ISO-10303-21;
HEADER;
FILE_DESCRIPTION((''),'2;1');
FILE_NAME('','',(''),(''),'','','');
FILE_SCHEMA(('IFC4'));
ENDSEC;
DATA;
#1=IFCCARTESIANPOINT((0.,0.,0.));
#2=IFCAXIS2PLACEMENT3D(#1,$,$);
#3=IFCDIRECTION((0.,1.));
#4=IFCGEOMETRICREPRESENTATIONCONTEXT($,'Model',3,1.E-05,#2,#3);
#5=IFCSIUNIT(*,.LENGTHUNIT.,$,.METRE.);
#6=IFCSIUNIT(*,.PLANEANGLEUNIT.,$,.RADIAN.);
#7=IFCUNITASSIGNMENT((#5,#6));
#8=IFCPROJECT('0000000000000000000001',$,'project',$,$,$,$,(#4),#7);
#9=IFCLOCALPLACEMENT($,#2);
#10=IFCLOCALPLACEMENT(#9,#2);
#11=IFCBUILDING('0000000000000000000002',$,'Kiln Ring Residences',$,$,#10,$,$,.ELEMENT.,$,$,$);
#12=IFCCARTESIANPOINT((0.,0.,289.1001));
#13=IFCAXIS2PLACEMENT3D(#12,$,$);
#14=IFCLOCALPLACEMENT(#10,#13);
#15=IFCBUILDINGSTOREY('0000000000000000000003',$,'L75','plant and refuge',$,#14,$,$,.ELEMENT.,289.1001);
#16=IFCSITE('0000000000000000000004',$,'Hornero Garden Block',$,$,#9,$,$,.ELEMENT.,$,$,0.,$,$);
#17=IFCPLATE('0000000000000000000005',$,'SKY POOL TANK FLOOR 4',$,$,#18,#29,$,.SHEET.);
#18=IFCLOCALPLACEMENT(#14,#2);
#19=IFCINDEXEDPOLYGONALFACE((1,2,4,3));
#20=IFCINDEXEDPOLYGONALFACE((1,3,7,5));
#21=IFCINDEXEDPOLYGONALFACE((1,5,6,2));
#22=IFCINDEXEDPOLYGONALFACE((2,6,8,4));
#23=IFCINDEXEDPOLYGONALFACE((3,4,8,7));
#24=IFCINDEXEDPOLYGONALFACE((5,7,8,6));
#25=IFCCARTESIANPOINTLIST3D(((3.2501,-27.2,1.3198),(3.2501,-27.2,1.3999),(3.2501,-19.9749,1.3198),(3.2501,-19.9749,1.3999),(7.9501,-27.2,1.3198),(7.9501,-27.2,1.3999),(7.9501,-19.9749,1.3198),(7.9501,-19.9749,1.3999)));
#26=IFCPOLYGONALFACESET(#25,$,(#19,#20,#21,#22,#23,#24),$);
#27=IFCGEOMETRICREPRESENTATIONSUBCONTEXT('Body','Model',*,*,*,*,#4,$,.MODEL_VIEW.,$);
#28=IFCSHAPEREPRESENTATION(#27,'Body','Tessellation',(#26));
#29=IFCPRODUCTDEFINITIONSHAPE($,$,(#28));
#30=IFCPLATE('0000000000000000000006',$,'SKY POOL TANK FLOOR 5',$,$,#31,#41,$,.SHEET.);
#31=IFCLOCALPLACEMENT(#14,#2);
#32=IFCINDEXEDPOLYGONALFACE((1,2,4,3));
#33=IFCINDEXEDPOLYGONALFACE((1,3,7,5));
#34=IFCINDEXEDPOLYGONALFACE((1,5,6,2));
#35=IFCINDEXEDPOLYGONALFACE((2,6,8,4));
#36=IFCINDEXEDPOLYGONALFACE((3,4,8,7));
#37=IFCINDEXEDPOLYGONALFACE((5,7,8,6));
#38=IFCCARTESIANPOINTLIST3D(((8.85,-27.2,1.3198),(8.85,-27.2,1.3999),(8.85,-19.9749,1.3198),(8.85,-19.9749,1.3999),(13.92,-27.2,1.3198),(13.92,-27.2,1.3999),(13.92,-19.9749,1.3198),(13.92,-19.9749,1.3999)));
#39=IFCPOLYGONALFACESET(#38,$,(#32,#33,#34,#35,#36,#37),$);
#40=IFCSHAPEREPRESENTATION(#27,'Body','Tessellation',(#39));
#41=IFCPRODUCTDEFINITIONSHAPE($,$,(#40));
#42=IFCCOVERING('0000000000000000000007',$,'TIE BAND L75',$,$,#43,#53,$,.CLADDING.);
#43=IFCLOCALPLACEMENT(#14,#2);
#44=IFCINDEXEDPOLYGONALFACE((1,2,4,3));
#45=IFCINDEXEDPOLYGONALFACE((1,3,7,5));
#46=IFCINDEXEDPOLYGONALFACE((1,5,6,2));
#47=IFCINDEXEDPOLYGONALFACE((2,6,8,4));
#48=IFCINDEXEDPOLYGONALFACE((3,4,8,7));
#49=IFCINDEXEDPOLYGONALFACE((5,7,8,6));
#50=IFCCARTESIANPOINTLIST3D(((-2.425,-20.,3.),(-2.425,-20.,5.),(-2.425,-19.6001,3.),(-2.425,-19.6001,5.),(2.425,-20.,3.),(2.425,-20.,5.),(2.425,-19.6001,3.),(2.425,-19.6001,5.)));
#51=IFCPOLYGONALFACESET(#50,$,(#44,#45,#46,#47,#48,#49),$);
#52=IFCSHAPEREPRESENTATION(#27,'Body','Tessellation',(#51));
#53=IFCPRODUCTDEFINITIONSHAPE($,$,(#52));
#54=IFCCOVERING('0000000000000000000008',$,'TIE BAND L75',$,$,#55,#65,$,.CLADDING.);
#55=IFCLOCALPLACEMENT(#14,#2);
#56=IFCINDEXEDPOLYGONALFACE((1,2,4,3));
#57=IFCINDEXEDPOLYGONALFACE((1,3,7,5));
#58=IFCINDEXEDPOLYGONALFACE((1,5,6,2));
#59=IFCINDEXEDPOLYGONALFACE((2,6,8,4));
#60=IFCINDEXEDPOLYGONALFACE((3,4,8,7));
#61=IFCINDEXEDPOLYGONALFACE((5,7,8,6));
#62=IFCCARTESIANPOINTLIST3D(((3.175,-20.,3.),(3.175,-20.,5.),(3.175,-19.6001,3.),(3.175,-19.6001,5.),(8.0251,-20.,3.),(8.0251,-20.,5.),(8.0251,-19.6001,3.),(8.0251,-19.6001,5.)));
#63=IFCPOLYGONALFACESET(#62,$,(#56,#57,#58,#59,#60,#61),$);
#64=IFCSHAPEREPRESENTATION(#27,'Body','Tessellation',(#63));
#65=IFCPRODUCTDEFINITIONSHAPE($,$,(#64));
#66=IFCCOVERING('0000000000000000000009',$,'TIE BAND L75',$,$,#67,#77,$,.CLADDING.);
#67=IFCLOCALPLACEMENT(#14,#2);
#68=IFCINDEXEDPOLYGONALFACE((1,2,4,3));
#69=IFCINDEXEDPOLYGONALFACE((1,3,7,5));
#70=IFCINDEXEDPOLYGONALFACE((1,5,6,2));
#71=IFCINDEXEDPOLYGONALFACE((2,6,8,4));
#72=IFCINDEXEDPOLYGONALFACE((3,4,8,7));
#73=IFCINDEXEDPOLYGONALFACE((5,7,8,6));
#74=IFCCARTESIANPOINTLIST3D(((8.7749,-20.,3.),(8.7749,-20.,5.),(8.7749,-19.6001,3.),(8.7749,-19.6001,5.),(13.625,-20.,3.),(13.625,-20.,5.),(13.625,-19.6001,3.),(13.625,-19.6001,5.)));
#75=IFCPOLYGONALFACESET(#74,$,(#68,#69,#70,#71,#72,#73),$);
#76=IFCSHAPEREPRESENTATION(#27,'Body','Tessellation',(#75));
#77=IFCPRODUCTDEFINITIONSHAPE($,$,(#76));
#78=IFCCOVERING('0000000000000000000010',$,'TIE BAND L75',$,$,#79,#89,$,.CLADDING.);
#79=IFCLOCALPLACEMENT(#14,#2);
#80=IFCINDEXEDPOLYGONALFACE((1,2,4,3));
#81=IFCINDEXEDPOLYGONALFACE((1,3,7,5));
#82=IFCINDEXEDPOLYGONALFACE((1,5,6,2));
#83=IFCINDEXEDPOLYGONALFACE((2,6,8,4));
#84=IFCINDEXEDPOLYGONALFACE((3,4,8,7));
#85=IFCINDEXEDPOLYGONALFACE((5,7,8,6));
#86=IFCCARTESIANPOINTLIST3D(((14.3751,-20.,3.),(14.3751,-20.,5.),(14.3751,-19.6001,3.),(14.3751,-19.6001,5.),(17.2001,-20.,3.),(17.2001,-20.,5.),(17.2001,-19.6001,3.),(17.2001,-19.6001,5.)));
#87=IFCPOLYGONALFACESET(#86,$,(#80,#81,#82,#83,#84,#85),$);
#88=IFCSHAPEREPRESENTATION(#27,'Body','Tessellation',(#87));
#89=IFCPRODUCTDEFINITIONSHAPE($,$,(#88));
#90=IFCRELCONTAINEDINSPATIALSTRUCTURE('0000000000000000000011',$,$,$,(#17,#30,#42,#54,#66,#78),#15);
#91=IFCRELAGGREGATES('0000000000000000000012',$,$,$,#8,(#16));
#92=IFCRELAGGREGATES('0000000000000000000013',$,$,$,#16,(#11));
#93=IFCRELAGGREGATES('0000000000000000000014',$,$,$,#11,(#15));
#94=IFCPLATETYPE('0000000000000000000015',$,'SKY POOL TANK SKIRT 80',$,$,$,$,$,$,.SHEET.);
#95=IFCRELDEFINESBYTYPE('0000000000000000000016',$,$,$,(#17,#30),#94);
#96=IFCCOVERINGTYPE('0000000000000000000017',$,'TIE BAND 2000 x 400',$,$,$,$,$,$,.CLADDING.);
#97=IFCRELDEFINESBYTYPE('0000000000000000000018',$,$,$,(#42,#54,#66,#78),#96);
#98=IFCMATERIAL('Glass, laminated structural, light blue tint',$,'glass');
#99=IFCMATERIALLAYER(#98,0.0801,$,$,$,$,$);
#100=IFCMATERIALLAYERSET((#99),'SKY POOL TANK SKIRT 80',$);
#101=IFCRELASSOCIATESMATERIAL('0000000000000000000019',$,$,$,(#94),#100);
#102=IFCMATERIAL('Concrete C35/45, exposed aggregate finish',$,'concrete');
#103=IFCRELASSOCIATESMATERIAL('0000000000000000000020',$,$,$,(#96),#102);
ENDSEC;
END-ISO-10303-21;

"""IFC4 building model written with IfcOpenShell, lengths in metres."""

from ifc_helpers import new_model, si_unit, direction, frame, origin, origin_2d, place, context, subcontext, project, spatial, rectangle, extrude, material, layer, layer_set, type_object, element, save


model = new_model("IFC4")

# Units and contexts
model_context = context("Model", 3, precision=1e-05, world=origin(), true_north=direction((0.0, 1.0)))
body_context = subcontext(model_context, "Body", "Model", "MODEL_VIEW")
ifc_project = project(units=[si_unit("LENGTHUNIT", "METRE"), si_unit("PLANEANGLEUNIT", "RADIAN")], contexts=[model_context])

# Site, building, storey
site_placement = place(None, origin())
site = spatial("IfcSite", under=ifc_project, at=site_placement, Name="Hornero Garden Block", CompositionType="ELEMENT", RefElevation=0.0)
building_placement = place(site_placement, origin())
building = spatial("IfcBuilding", under=site, at=building_placement, Name="Kiln Ring Residences", CompositionType="ELEMENT")
storey_placement = place(building_placement, frame((0.0, 0.0, 289.1001)))
storey = spatial("IfcBuildingStorey", under=building, at=storey_placement, Name="L75", Description="plant and refuge", CompositionType="ELEMENT", Elevation=289.1001)

# Plates
ifc_material_1 = material(Name="Glass, laminated structural, light blue tint", Category="glass")
ifc_layer_1 = layer(ifc_material_1, 0.0801)
ifc_layer_set_1 = layer_set([ifc_layer_1], Name="SKY POOL TANK SKIRT 80")
plate_type_1 = type_object("IfcPlateType", Name="SKY POOL TANK SKIRT 80", PredefinedType="SHEET", material=ifc_layer_set_1)
plate_1_placement = place(storey_placement, frame((5.6001, -23.5874, 1.3198), z_axis=(0.0, 0.0, 1.0), x_axis=(1.0, 0.0, 0.0)))
element("IfcPlate", 1, at=plate_1_placement, inside=storey, type_object=plate_type_1, Name="SKY POOL TANK FLOOR 4", PredefinedType="SHEET", context=body_context, shape_type="SweptSolid", body=[
    extrude(rectangle(XDim=4.7, YDim=7.2251, at=origin_2d()), origin(), (0.0, 0.0, 1.0), 0.0801),
])
plate_2_placement = place(storey_placement, frame((11.385, -23.5874, 1.3198), z_axis=(0.0, 0.0, 1.0), x_axis=(1.0, 0.0, 0.0)))
element("IfcPlate", 2, at=plate_2_placement, inside=storey, type_object=plate_type_1, Name="SKY POOL TANK FLOOR 5", PredefinedType="SHEET", context=body_context, shape_type="SweptSolid", body=[
    extrude(rectangle(XDim=5.0701, YDim=7.2251, at=origin_2d()), origin(), (0.0, 0.0, 1.0), 0.0801),
])

# Coverings
ifc_material_2 = material(Name="Concrete C35/45, exposed aggregate finish", Category="concrete")
covering_type = type_object("IfcCoveringType", Name="TIE BAND 2000 x 400", PredefinedType="CLADDING", material=ifc_material_2)
for number, where, z_axis, x_axis, name in (
    (3, (0.0, -19.8, 3.0), (0.0, 0.0, 1.0), (1.0, 0.0, 0.0), "TIE BAND L75"),
    (4, (5.6001, -19.8, 3.0), (0.0, 0.0, 1.0), (1.0, 0.0, 0.0), "TIE BAND L75"),
    (5, (11.2, -19.8, 3.0), (0.0, 0.0, 1.0), (1.0, 0.0, 0.0), "TIE BAND L75"),
):
    element("IfcCovering", number, at=place(storey_placement, frame(where, z_axis=z_axis, x_axis=x_axis)), inside=storey, type_object=covering_type, Name=name, PredefinedType="CLADDING", context=body_context, shape_type="SweptSolid", body=[
        extrude(rectangle(XDim=4.8501, YDim=0.3999, at=origin_2d()), origin(), (0.0, 0.0, 1.0), 2.0),
    ])
covering_placement = place(storey_placement, frame((15.7876, -19.8, 3.0), z_axis=(0.0, 0.0, 1.0), x_axis=(1.0, 0.0, 0.0)))
element("IfcCovering", 6, at=covering_placement, inside=storey, type_object=covering_type, Name="TIE BAND L75", PredefinedType="CLADDING", context=body_context, shape_type="SweptSolid", body=[
    extrude(rectangle(XDim=2.825, YDim=0.3999, at=origin_2d()), origin(), (0.0, 0.0, 1.0), 2.0),
])

save(model, "model.ifc")
